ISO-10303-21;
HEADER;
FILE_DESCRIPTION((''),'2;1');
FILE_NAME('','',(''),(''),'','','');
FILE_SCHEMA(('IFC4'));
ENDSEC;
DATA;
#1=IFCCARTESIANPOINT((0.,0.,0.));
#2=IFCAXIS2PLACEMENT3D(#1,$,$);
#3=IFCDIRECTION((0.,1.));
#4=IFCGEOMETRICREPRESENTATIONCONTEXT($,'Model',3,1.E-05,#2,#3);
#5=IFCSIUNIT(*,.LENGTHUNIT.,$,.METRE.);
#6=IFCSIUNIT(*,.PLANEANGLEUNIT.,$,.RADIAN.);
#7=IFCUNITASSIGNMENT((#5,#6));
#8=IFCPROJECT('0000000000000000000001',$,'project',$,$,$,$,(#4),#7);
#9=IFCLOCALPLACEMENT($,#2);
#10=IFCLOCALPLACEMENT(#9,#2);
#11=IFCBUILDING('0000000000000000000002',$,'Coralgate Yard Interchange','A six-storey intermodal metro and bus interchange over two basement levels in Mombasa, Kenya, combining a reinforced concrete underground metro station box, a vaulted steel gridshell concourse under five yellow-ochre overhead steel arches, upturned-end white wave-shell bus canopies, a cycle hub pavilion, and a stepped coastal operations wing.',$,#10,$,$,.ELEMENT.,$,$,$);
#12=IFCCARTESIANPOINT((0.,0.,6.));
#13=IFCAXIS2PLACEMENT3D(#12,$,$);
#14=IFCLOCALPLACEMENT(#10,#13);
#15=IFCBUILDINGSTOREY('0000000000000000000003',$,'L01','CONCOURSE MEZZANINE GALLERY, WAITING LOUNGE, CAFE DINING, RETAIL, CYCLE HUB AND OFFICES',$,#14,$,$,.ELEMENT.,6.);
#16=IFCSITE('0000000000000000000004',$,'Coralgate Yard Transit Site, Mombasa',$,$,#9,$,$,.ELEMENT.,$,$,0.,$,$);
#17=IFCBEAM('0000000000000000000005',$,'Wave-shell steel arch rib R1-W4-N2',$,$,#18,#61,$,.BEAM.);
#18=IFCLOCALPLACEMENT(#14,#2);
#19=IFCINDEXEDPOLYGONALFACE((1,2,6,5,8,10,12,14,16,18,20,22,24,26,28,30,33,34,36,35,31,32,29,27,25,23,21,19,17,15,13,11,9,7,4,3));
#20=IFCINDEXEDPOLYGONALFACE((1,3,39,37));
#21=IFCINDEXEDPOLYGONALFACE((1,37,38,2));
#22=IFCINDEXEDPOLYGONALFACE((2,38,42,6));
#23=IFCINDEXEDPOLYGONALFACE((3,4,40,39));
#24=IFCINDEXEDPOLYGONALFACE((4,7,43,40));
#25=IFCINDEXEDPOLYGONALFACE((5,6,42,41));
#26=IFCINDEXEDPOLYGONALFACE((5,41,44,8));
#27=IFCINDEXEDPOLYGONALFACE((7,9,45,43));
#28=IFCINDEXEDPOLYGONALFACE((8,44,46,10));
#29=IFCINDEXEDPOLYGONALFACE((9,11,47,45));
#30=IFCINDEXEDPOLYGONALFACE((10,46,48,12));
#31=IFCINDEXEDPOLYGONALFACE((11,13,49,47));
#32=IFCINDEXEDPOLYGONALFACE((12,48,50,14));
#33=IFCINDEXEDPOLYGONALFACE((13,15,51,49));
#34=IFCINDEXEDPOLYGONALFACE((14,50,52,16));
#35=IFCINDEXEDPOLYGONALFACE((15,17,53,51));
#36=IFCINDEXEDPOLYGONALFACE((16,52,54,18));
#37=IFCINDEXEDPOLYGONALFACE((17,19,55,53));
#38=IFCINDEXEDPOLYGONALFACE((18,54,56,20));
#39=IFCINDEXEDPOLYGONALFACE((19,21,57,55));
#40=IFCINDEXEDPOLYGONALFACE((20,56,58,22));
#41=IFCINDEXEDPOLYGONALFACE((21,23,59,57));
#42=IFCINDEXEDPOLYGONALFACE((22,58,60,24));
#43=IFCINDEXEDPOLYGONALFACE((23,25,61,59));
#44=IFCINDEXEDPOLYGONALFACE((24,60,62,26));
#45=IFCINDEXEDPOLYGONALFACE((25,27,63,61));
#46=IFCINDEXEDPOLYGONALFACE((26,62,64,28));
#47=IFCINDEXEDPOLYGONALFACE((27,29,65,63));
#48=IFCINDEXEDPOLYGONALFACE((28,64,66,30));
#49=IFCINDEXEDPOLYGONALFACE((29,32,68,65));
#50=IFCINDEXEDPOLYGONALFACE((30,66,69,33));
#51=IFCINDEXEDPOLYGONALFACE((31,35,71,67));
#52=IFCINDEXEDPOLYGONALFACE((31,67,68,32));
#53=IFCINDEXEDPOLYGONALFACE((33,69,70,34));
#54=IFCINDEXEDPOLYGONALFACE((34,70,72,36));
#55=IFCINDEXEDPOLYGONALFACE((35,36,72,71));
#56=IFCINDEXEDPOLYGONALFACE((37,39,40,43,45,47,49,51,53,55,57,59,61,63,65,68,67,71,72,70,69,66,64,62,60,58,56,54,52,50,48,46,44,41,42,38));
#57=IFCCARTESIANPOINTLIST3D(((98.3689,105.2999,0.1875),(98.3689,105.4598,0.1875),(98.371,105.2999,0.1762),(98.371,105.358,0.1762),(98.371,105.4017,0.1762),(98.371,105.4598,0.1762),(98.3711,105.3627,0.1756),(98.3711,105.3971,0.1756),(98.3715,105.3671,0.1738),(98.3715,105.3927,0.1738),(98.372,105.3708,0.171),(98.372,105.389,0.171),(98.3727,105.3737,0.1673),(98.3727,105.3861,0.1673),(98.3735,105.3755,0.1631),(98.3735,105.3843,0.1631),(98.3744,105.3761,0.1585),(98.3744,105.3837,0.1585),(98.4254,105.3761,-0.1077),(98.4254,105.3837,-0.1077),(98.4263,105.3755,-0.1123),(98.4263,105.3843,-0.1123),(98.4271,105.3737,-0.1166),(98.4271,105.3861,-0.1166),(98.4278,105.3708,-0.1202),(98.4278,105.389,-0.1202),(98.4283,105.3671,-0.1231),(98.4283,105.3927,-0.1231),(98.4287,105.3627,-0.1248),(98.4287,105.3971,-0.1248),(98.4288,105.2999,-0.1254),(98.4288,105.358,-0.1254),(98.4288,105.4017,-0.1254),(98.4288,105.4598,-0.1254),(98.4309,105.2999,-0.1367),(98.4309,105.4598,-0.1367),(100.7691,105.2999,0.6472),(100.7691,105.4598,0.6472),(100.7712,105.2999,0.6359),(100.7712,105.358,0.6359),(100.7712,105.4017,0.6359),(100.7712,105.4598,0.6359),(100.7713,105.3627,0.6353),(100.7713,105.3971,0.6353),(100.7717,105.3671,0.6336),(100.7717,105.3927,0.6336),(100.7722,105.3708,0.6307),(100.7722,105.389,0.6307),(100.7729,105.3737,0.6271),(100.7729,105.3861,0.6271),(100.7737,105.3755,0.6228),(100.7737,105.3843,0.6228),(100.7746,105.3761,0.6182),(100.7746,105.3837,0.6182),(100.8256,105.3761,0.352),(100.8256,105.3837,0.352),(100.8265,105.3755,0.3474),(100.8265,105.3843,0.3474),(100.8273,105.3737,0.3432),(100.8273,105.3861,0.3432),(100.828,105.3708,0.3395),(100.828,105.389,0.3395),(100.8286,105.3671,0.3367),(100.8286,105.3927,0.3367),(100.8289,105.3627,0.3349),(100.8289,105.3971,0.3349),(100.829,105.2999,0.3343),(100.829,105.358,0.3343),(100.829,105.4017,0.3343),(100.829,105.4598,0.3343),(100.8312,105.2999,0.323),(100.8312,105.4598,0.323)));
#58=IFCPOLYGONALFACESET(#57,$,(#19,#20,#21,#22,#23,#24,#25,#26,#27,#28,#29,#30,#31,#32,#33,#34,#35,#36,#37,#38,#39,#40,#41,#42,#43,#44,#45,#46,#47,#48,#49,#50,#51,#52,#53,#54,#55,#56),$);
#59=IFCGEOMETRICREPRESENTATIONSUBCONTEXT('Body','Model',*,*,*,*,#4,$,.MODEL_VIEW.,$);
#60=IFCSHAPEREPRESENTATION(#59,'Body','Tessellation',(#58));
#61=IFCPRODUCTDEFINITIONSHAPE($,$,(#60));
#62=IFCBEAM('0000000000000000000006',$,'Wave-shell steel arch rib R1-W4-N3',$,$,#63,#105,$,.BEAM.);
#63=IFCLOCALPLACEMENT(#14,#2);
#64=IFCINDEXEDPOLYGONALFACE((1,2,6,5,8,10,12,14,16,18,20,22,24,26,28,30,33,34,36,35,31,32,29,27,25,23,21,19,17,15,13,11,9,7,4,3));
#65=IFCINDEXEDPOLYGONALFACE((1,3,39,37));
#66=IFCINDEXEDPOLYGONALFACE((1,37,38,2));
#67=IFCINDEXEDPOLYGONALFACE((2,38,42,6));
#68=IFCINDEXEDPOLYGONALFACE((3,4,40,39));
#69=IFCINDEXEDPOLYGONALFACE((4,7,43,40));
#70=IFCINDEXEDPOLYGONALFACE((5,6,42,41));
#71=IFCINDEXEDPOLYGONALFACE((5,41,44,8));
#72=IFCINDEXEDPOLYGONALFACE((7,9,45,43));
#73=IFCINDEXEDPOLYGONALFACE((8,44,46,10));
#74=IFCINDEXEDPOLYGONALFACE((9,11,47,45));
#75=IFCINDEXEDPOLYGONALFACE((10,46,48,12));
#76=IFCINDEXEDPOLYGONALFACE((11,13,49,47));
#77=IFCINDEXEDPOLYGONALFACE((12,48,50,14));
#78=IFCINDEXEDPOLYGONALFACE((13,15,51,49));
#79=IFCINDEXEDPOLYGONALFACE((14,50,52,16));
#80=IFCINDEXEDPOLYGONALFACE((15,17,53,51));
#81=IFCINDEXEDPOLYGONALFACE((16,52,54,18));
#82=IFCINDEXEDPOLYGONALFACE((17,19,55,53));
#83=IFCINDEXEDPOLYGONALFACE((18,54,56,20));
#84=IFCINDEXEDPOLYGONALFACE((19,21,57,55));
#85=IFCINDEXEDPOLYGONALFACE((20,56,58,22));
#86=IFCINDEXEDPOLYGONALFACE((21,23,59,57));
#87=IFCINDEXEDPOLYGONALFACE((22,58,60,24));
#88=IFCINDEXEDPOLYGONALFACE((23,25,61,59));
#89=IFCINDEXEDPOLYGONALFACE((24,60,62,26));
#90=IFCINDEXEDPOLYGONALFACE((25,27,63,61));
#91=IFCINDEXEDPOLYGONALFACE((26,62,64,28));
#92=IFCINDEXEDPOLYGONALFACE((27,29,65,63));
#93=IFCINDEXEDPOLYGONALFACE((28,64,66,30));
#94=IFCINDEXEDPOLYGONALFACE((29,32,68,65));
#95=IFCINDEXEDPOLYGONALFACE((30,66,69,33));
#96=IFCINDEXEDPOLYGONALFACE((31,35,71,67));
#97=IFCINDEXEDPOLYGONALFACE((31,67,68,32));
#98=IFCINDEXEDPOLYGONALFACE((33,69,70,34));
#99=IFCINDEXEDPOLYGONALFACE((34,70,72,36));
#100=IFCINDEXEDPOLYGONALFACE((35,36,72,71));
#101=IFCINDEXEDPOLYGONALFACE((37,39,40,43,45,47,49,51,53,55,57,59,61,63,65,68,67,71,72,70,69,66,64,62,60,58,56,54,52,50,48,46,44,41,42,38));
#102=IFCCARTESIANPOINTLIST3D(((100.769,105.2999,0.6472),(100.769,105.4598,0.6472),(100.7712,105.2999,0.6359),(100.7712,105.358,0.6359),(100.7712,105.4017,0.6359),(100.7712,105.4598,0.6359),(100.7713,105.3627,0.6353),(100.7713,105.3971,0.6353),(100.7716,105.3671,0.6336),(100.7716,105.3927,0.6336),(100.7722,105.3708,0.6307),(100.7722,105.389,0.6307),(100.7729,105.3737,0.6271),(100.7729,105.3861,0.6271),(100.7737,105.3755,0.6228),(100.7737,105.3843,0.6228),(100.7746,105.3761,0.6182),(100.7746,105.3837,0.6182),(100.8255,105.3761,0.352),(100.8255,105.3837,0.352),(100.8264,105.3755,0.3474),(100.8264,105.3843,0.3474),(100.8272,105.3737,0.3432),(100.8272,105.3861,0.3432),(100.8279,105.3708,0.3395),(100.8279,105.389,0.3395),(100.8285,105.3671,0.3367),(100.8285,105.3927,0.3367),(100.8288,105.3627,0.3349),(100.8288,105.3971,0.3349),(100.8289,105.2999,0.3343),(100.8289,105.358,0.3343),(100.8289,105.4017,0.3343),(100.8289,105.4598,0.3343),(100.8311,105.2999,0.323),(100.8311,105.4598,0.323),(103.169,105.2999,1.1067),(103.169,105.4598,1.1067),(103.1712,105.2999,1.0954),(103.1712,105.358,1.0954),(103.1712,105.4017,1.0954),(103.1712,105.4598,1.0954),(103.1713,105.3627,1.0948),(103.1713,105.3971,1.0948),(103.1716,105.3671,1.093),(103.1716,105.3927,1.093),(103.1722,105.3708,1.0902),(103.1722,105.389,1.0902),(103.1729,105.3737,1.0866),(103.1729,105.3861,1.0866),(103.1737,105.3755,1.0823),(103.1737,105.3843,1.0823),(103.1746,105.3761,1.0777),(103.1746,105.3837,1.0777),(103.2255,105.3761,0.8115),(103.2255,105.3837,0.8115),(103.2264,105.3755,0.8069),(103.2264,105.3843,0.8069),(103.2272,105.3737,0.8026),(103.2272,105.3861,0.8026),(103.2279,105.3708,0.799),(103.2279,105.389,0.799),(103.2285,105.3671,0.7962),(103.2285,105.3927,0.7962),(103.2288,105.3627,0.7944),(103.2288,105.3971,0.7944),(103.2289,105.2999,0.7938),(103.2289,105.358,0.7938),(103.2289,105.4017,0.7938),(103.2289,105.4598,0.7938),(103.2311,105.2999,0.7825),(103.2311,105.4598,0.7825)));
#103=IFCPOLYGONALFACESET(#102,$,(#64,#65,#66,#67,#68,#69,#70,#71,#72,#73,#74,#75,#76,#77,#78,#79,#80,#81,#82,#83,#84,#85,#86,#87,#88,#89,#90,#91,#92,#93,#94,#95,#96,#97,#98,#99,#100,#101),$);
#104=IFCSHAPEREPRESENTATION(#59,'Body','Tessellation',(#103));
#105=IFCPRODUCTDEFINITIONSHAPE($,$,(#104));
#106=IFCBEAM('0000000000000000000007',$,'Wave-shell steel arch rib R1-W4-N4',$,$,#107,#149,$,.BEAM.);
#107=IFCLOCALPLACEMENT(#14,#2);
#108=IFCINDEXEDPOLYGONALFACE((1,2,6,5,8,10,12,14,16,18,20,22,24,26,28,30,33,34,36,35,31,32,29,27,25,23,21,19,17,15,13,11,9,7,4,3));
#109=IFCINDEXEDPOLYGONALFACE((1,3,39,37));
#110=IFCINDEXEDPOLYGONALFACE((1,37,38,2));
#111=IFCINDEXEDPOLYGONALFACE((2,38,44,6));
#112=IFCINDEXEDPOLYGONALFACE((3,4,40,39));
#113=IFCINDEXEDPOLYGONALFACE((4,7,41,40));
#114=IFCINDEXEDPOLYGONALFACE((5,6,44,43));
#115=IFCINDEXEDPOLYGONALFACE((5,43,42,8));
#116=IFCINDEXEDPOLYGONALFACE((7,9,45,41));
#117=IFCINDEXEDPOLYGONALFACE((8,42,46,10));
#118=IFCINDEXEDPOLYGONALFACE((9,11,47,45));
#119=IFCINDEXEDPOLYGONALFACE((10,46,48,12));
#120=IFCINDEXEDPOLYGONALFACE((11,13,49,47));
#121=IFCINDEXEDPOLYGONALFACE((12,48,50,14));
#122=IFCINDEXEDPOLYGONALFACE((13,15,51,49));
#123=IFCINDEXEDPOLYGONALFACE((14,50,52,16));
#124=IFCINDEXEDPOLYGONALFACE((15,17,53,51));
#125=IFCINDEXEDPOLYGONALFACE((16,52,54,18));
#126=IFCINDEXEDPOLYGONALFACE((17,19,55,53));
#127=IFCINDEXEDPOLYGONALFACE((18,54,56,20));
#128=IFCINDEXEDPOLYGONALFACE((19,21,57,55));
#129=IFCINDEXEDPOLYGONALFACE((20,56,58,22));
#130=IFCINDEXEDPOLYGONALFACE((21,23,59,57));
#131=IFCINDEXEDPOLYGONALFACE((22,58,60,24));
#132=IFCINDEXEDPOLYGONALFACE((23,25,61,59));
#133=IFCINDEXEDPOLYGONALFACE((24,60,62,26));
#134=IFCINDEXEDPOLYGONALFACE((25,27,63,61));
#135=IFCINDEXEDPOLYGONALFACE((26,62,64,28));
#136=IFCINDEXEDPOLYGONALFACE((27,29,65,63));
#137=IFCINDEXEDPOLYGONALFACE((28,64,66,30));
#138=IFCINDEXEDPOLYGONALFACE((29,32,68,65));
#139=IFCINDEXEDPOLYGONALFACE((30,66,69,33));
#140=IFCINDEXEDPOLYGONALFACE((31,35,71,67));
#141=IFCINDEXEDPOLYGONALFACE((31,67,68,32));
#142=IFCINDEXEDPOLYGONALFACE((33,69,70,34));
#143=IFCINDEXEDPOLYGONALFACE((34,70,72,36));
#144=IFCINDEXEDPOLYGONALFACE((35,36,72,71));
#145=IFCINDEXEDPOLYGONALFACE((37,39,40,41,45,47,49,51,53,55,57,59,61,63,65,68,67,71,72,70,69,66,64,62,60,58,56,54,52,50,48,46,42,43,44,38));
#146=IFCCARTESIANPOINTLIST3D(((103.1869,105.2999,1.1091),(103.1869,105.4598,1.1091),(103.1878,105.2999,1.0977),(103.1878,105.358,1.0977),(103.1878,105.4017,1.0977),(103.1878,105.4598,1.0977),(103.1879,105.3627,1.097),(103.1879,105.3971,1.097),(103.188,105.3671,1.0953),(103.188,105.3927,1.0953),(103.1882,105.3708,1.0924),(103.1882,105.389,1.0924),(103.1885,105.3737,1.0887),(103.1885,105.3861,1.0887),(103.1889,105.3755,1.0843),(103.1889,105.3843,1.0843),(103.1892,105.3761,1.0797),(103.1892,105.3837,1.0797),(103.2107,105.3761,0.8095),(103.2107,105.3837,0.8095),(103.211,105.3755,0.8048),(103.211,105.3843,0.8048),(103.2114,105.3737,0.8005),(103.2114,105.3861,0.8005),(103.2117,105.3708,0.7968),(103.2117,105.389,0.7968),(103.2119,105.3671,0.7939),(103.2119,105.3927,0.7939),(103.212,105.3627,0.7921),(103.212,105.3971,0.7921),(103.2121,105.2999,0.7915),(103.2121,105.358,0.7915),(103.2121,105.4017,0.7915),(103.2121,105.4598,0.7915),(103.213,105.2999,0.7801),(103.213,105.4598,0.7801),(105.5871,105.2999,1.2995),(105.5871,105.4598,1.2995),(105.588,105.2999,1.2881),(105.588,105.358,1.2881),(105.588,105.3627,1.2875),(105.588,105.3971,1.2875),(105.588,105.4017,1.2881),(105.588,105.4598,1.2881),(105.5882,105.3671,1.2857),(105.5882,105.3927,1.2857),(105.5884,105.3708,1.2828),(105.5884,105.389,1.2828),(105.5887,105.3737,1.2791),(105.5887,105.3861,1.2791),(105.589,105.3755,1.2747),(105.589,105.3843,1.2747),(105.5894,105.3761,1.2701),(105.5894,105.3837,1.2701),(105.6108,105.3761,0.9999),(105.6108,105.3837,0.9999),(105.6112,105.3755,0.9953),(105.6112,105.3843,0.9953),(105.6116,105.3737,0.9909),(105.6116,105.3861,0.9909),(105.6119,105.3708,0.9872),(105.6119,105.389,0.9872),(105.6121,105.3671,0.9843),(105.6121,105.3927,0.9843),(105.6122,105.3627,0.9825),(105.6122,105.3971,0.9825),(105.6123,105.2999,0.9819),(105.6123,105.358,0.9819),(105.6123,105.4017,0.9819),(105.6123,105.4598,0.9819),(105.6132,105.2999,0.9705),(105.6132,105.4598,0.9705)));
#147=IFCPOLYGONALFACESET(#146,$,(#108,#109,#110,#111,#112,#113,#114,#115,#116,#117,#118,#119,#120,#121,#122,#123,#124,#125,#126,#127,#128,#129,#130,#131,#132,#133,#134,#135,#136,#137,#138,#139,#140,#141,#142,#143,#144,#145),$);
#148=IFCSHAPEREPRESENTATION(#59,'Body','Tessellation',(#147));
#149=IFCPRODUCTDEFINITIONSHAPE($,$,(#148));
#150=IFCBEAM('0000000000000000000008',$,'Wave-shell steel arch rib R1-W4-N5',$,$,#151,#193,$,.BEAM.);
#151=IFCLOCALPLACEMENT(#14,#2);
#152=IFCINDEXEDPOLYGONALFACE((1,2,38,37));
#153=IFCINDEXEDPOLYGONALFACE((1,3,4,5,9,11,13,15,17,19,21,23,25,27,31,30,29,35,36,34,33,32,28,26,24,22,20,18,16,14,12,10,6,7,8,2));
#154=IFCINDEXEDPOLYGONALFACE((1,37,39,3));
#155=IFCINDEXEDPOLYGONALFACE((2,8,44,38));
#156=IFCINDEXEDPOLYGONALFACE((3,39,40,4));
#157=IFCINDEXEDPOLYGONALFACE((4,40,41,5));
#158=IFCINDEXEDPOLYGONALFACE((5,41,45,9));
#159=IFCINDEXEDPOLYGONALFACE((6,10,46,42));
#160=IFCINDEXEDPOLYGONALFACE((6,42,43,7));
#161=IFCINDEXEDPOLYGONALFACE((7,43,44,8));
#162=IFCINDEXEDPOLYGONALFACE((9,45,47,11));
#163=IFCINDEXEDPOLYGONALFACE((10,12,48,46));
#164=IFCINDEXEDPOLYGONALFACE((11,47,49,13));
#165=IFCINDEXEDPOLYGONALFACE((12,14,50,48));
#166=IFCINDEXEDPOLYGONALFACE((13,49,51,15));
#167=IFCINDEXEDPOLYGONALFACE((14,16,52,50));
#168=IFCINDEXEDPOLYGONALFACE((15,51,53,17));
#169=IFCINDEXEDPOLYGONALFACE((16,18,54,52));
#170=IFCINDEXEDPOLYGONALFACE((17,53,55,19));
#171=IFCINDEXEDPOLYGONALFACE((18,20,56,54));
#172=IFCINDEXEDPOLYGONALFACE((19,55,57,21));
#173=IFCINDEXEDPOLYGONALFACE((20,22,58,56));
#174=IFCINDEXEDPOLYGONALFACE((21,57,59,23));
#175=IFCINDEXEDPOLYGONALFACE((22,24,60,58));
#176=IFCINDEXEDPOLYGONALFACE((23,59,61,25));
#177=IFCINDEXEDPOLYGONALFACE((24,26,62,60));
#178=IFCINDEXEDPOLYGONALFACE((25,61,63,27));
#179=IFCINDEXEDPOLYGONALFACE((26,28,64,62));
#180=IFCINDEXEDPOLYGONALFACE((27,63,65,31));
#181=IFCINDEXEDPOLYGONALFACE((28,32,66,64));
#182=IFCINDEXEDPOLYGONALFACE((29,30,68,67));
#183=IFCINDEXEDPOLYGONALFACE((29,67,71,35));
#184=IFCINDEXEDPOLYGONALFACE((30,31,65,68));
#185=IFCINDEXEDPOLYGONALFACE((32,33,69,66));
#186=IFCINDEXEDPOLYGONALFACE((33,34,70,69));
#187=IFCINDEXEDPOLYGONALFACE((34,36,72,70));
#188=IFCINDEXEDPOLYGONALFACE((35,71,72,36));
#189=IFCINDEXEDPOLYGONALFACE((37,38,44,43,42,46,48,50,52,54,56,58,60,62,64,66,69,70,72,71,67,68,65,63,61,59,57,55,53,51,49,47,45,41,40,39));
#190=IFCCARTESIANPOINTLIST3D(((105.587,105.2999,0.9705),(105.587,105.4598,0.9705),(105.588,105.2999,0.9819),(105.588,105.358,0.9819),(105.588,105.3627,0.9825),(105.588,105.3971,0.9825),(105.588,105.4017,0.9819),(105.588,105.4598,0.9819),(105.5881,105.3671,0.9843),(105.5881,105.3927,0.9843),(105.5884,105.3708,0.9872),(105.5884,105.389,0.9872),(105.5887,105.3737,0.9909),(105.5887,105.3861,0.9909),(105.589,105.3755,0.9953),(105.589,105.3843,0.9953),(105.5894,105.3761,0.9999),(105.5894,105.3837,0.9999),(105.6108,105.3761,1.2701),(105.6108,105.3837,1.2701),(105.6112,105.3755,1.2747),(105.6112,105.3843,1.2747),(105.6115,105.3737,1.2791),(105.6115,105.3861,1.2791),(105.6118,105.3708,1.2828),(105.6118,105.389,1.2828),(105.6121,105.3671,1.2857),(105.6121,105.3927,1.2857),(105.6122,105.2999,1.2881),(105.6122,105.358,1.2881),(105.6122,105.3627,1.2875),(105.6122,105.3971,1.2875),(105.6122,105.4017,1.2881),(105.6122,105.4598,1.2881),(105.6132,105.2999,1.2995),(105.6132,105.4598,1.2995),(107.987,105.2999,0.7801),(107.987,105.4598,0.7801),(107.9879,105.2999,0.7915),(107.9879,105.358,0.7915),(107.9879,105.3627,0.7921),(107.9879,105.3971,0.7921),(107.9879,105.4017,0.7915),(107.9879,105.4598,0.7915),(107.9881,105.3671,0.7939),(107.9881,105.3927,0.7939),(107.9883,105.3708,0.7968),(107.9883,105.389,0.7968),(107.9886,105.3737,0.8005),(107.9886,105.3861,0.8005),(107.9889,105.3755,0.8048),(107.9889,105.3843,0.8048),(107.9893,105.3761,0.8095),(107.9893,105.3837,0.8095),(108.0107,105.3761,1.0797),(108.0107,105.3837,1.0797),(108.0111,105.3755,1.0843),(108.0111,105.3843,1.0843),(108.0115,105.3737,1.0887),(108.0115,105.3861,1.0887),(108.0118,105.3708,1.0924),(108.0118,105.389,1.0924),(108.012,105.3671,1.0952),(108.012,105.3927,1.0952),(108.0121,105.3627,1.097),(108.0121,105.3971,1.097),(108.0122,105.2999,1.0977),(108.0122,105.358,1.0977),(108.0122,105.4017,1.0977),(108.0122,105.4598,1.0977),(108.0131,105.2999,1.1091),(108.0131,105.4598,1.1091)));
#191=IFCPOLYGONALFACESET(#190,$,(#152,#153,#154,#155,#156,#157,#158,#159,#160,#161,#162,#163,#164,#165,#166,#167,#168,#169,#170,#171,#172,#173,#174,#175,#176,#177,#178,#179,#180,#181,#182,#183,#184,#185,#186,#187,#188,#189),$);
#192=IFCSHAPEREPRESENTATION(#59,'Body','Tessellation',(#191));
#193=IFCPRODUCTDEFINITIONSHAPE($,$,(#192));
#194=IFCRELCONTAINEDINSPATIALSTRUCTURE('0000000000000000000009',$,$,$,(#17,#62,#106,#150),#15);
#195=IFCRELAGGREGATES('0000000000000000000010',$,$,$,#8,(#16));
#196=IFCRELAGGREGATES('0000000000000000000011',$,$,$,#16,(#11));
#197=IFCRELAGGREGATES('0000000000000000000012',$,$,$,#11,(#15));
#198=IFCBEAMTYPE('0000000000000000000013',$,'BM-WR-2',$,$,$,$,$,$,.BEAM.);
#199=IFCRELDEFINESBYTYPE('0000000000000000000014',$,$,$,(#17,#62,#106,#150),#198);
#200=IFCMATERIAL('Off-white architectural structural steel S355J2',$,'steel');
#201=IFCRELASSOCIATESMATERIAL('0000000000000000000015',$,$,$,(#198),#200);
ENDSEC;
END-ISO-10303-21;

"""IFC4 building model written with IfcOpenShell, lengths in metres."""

from ifc_helpers import new_model, si_unit, direction, frame, origin, origin_2d, place, context, subcontext, project, spatial, i_section, extrude, material, material_profile, profile_set, type_object, element, save


model = new_model("IFC4")

# Units and contexts
model_context = context("Model", 3, precision=1e-05, world=origin(), true_north=direction((0.0, 1.0)))
body_context = subcontext(model_context, "Body", "Model", "MODEL_VIEW")
ifc_project = project(units=[si_unit("LENGTHUNIT", "METRE"), si_unit("PLANEANGLEUNIT", "RADIAN")], contexts=[model_context])

# Site, building, storey
site_placement = place(None, origin())
site = spatial("IfcSite", under=ifc_project, at=site_placement, Name="Coralgate Yard Transit Site, Mombasa", CompositionType="ELEMENT", RefElevation=0.0)
building_placement = place(site_placement, origin())
building = spatial("IfcBuilding", under=site, at=building_placement, Name="Coralgate Yard Interchange", Description="A six-storey intermodal metro and bus interchange over two basement levels in Mombasa, Kenya, combining a reinforced concrete underground metro station box, a vaulted steel gridshell concourse under five yellow-ochre overhead steel arches, upturned-end white wave-shell bus canopies, a cycle hub pavilion, and a stepped coastal operations wing.", CompositionType="ELEMENT")
storey_placement = place(building_placement, frame((0.0, 0.0, 6.0)))
storey = spatial("IfcBuildingStorey", under=building, at=storey_placement, Name="L01", Description="CONCOURSE MEZZANINE GALLERY, WAITING LOUNGE, CAFE DINING, RETAIL, CYCLE HUB AND OFFICES", CompositionType="ELEMENT", Elevation=6.0)

# Beams
ifc_material_1 = material(Name="Off-white architectural structural steel S355J2", Category="steel")
ifc_material_profile_1 = material_profile(ifc_material_1, i_section(OverallWidth=0.1599, OverallDepth=0.3301, WebThickness=0.0076, FlangeThickness=0.0115, FilletRadius=0.0181, at=origin_2d()), Name="IPE 330")
ifc_profile_set_1 = profile_set([ifc_material_profile_1], Name="Off-white architectural structural steel S355J2")
beam_type_1 = type_object("IfcBeamType", Name="BM-WR-2", PredefinedType="BEAM", material=ifc_profile_set_1)
beam_1_placement = place(storey_placement, frame((98.3999, 105.3799, 0.0254), z_axis=(0.982147, 0.0, 0.188117), x_axis=(0.0, 1.0, 0.0)))
element("IfcBeam", 1, at=beam_1_placement, inside=storey, type_object=beam_type_1, Name="Wave-shell steel arch rib R1-W4-N2", PredefinedType="BEAM", context=body_context, shape_type="SweptSolid", body=[
    extrude(i_section(OverallWidth=0.1599, OverallDepth=0.3301, WebThickness=0.0076, FlangeThickness=0.0115, FilletRadius=0.0181, at=origin_2d()), origin(), (0.0, 0.0, 1.0), 2.4438),
])
beam_2_placement = place(storey_placement, frame((100.8, 105.3799, 0.4851), z_axis=(0.982161, 0.0, 0.188039), x_axis=(0.0, 1.0, 0.0)))
element("IfcBeam", 2, at=beam_2_placement, inside=storey, type_object=beam_type_1, Name="Wave-shell steel arch rib R1-W4-N3", PredefinedType="BEAM", context=body_context, shape_type="SweptSolid", body=[
    extrude(i_section(OverallWidth=0.1599, OverallDepth=0.3301, WebThickness=0.0076, FlangeThickness=0.0115, FilletRadius=0.0181, at=origin_2d()), origin(), (0.0, 0.0, 1.0), 2.4436),
])
beam_3_placement = place(storey_placement, frame((103.2, 105.3799, 0.9446), z_axis=(0.996867, 0.0, 0.079092), x_axis=(0.0, 1.0, 0.0)))
element("IfcBeam", 3, at=beam_3_placement, inside=storey, type_object=beam_type_1, Name="Wave-shell steel arch rib R1-W4-N4", PredefinedType="BEAM", context=body_context, shape_type="SweptSolid", body=[
    extrude(i_section(OverallWidth=0.1599, OverallDepth=0.3301, WebThickness=0.0076, FlangeThickness=0.0115, FilletRadius=0.0181, at=origin_2d()), origin(), (0.0, 0.0, 1.0), 2.4077),
])
beam_4_placement = place(storey_placement, frame((105.6001, 105.3799, 1.135), z_axis=(0.996867, 0.0, -0.0791), x_axis=(0.0, 1.0, 0.0)))
element("IfcBeam", 4, at=beam_4_placement, inside=storey, type_object=beam_type_1, Name="Wave-shell steel arch rib R1-W4-N5", PredefinedType="BEAM", context=body_context, shape_type="SweptSolid", body=[
    extrude(i_section(OverallWidth=0.1599, OverallDepth=0.3301, WebThickness=0.0076, FlangeThickness=0.0115, FilletRadius=0.0181, at=origin_2d()), origin(), (0.0, 0.0, 1.0), 2.4075),
])

save(model, "model.ifc")
